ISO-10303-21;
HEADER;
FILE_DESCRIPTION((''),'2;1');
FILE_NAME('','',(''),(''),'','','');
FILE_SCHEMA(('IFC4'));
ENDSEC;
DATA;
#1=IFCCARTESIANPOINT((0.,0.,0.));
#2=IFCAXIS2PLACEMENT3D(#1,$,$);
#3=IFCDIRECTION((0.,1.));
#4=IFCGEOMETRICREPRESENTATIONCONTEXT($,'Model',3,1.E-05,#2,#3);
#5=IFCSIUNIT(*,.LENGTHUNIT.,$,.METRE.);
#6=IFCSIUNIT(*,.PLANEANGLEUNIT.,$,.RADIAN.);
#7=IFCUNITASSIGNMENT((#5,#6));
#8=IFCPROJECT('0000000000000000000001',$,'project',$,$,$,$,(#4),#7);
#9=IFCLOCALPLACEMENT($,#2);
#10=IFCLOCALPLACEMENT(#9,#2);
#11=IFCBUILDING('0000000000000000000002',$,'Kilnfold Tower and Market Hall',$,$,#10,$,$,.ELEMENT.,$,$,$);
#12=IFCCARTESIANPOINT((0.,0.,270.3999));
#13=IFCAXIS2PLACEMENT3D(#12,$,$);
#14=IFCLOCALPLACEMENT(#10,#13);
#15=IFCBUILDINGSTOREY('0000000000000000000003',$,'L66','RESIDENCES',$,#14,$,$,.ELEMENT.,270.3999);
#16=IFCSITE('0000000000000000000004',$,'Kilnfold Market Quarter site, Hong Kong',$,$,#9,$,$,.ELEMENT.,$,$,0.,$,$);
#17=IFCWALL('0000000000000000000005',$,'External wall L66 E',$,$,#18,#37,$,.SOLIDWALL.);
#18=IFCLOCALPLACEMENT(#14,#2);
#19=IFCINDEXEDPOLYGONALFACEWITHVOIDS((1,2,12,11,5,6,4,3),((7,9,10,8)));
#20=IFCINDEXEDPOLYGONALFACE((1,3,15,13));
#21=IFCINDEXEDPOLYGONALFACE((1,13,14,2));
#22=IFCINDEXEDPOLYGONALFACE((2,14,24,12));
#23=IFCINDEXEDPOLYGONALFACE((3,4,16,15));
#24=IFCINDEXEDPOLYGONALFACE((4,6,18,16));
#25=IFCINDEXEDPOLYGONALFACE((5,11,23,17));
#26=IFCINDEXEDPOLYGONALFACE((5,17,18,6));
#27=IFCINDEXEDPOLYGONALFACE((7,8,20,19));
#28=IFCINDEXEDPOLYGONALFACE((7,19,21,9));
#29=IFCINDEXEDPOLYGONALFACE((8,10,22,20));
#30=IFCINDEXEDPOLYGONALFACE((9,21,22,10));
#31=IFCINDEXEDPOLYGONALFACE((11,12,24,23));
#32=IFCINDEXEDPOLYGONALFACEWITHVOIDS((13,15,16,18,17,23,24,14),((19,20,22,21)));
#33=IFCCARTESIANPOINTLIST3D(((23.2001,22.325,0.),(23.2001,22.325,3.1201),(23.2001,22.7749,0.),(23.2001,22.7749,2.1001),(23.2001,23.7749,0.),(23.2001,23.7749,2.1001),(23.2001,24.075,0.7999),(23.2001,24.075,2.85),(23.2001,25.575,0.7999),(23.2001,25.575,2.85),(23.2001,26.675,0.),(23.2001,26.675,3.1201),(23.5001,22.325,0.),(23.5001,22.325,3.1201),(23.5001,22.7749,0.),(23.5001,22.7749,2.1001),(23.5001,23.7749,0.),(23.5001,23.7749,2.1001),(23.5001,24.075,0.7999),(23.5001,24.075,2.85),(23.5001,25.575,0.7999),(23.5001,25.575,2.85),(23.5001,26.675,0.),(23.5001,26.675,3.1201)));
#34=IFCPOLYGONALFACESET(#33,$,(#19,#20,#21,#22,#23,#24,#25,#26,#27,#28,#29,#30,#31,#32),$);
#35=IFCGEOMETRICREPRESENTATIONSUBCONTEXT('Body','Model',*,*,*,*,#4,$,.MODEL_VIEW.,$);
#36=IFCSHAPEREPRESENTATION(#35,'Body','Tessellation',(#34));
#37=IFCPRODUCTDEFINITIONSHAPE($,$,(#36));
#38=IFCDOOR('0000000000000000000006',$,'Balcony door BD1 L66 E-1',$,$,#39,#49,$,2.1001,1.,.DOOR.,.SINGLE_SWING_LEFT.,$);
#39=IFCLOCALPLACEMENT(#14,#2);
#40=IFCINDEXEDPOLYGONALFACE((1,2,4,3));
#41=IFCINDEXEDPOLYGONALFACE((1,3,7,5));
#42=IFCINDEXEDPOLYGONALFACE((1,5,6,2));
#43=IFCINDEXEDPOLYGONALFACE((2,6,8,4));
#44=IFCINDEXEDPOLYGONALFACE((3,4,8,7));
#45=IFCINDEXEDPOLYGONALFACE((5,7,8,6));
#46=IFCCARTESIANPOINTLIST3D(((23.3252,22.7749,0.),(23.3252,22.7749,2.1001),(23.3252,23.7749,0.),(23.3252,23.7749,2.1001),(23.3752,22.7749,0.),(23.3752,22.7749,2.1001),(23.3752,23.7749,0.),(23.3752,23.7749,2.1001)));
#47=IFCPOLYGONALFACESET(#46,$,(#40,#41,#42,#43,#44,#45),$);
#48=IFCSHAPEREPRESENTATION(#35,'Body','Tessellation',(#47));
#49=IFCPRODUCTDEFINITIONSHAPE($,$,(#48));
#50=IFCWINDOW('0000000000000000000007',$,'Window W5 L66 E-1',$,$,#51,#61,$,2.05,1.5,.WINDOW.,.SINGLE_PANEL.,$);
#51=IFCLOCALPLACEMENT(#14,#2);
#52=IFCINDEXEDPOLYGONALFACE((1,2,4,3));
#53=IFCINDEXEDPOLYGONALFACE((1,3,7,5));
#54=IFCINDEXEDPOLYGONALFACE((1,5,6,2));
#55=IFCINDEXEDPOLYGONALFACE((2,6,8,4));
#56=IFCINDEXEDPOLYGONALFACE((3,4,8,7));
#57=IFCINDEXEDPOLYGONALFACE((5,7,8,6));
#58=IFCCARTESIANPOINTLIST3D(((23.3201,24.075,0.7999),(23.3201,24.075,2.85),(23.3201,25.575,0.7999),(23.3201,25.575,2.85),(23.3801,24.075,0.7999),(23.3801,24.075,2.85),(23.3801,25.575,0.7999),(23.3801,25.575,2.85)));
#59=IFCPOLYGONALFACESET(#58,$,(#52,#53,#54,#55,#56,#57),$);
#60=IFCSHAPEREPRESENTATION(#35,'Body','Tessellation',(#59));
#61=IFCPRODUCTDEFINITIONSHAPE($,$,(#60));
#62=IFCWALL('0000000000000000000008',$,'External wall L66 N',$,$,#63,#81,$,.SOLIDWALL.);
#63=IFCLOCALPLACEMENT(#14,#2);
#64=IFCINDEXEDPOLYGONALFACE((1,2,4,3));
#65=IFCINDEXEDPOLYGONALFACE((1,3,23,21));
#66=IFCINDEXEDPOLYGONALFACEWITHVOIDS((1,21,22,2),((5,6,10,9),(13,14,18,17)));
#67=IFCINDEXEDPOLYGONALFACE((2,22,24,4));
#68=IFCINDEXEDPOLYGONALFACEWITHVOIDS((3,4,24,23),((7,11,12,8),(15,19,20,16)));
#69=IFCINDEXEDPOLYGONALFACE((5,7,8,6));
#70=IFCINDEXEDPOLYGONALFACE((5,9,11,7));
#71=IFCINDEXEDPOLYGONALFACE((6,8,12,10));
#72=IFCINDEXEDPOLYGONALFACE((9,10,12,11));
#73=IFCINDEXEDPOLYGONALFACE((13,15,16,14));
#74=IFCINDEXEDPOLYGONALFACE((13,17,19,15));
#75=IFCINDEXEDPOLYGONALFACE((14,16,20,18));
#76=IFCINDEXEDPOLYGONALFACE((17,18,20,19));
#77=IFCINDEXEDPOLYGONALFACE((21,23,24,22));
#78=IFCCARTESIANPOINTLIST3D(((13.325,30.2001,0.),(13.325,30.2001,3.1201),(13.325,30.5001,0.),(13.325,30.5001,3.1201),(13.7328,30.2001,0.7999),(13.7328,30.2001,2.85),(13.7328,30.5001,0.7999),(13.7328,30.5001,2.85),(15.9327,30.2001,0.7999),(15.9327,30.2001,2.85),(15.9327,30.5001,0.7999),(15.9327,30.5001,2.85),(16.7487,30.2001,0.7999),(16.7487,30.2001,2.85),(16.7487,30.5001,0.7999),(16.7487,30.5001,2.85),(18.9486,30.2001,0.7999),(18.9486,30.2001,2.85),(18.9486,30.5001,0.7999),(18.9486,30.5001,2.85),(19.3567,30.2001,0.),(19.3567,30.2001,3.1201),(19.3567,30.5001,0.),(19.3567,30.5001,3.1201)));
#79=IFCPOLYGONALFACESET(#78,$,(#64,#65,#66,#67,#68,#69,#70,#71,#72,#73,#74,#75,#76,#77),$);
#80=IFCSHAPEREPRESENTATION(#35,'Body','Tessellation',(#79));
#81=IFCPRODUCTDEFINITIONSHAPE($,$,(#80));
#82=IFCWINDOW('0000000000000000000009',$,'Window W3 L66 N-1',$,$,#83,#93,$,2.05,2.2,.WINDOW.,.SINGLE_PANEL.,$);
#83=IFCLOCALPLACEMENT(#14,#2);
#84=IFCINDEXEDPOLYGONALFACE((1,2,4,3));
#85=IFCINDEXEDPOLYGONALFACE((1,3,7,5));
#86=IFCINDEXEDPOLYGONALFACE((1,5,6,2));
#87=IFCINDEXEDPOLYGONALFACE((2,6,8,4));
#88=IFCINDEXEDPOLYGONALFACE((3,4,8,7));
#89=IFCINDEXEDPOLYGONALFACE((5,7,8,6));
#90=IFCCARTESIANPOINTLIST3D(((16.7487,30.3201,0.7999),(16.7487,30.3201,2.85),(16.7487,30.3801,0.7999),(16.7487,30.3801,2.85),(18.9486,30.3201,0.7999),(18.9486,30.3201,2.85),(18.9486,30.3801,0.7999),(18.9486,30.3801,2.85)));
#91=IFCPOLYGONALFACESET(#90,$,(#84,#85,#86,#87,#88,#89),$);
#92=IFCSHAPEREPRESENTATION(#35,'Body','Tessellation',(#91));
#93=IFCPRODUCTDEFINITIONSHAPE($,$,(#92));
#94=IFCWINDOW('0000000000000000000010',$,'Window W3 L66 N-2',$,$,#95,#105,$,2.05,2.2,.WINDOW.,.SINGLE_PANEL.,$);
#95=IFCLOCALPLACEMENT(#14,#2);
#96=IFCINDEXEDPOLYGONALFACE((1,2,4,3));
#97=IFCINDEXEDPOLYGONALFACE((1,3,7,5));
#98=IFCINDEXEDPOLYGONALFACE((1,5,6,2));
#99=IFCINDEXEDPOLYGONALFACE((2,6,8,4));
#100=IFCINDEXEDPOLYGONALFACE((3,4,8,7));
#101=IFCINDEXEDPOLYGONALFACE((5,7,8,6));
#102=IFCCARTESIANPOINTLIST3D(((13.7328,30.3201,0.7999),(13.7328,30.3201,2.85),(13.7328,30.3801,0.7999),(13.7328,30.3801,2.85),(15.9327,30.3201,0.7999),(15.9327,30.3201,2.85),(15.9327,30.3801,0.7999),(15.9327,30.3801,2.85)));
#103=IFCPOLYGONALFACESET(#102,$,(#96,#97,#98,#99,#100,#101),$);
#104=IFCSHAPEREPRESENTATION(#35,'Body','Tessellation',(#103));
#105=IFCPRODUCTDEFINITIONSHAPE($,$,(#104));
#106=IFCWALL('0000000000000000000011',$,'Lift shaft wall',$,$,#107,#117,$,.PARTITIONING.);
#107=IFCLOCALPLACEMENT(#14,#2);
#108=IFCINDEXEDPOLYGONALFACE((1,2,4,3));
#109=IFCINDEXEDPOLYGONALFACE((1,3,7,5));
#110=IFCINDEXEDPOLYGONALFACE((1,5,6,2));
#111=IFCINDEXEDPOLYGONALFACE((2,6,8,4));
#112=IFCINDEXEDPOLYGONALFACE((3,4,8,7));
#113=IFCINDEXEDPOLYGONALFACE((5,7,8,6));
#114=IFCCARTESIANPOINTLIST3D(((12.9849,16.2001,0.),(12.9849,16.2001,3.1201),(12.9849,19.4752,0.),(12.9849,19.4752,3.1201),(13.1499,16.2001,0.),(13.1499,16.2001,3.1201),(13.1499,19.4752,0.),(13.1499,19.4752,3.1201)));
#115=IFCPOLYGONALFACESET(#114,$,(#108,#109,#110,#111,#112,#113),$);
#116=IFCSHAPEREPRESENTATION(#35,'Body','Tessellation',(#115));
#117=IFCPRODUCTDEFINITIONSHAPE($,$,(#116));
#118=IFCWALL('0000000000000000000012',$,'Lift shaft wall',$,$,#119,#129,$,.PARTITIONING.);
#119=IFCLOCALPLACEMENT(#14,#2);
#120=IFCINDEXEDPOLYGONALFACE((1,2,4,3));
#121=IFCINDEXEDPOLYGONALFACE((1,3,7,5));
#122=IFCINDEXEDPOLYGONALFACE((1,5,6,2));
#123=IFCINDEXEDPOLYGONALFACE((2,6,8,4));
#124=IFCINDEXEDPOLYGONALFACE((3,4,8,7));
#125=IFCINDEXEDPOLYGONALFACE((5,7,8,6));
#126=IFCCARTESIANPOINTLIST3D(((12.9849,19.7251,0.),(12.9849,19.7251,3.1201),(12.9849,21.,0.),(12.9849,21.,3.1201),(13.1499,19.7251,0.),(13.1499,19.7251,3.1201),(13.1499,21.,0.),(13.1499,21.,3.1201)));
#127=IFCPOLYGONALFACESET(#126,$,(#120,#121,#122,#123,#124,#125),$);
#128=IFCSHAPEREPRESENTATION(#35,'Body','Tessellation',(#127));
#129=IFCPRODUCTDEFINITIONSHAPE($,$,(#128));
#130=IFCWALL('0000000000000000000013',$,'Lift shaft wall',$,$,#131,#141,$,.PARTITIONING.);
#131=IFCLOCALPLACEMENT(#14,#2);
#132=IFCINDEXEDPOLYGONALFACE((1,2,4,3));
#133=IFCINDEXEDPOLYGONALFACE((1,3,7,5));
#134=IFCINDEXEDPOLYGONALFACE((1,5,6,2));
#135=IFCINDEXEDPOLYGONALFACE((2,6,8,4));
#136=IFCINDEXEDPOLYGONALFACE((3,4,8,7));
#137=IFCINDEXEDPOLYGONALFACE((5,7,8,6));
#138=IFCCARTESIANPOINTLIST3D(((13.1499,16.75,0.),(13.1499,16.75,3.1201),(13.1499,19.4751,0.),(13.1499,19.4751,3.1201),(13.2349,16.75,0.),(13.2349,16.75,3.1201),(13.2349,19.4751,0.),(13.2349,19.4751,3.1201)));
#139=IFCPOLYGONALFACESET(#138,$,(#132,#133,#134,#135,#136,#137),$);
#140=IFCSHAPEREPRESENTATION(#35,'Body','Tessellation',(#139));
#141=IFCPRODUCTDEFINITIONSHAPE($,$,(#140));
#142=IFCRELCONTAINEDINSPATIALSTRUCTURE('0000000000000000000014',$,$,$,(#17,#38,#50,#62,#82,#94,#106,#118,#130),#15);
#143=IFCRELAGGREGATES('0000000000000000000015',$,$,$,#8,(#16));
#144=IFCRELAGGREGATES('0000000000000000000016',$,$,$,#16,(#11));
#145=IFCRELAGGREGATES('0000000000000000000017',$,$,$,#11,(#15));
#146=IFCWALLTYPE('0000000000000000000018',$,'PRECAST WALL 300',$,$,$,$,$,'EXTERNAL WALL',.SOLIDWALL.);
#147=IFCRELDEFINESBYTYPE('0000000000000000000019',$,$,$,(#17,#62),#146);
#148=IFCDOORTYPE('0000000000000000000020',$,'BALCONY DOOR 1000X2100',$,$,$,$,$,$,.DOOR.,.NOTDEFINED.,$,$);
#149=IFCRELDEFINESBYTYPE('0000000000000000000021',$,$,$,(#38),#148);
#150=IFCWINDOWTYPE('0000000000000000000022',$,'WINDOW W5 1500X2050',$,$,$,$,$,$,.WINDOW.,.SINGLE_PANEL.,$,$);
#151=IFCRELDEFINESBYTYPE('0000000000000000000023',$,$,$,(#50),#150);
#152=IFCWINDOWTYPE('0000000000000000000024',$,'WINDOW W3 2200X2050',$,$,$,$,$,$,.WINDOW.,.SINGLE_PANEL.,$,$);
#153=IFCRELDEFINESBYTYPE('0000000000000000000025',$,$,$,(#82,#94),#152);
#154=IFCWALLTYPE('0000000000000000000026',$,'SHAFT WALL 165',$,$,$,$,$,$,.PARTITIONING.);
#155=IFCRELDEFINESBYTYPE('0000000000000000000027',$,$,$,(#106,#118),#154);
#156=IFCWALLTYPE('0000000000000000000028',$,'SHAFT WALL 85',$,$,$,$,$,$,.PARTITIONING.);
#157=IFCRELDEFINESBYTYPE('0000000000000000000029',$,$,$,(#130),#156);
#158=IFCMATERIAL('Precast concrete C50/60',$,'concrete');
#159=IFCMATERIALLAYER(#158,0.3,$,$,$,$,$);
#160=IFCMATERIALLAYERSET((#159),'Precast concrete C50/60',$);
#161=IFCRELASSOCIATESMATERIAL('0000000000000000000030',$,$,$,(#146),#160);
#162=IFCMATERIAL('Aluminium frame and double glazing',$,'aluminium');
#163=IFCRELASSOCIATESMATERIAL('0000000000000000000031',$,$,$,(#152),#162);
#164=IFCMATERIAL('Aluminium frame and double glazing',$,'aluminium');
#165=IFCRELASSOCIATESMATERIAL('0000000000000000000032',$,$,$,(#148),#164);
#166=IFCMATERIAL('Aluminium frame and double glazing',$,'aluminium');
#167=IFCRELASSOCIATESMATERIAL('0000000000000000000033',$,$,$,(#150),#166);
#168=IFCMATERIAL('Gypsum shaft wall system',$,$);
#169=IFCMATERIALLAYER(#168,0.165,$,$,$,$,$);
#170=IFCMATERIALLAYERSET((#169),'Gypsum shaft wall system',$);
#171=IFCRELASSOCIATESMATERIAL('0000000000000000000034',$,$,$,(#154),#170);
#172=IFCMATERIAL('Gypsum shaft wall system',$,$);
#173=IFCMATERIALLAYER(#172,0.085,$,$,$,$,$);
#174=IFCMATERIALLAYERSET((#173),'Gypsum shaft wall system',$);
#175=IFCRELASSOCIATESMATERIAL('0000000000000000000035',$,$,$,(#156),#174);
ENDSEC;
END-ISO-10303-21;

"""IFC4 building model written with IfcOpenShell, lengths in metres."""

from ifc_helpers import new_model, si_unit, direction, frame, frame_2d, origin, place, context, subcontext, project, spatial, rectangle, extrude, source, transform, mapped, material, layer, layer_set, type_object, element, fill, save


model = new_model("IFC4")

# Units and contexts
model_context = context("Model", 3, precision=1e-05, world=origin(), true_north=direction((0.0, 1.0)))
body_context = subcontext(model_context, "Body", "Model", "MODEL_VIEW")
ifc_project = project(units=[si_unit("LENGTHUNIT", "METRE"), si_unit("PLANEANGLEUNIT", "RADIAN")], contexts=[model_context])

# Site, building, storey
site_placement = place(None, origin())
site = spatial("IfcSite", under=ifc_project, at=site_placement, Name="Kilnfold Market Quarter site, Hong Kong", CompositionType="ELEMENT", RefElevation=0.0)
building_placement = place(site_placement, origin())
building = spatial("IfcBuilding", under=site, at=building_placement, Name="Kilnfold Tower and Market Hall", CompositionType="ELEMENT")
storey_placement = place(building_placement, frame((0.0, 0.0, 270.3999)))
storey = spatial("IfcBuildingStorey", under=building, at=storey_placement, Name="L66", Description="RESIDENCES", CompositionType="ELEMENT", Elevation=270.3999)

# Shared definitions
ifc_material_1 = material(Name="Precast concrete C50/60", Category="concrete")
ifc_layer_1 = layer(ifc_material_1, 0.3)
ifc_layer_set_1 = layer_set([ifc_layer_1], Name="Precast concrete C50/60")
wall_type_1 = type_object("IfcWallType", Name="PRECAST WALL 300", ElementType="EXTERNAL WALL", PredefinedType="SOLIDWALL", material=ifc_layer_set_1)
ifc_material_2 = material(Name="Aluminium frame and double glazing", Category="aluminium")
window_type_1 = type_object("IfcWindowType", Name="WINDOW W3 2200X2050", PartitioningType="SINGLE_PANEL", PredefinedType="WINDOW", material=ifc_material_2)

# Wall, openings, door, window
shared_shape_1 = source(origin(), body_context, "Body", "SweptSolid", [
    extrude(rectangle(XDim=4.3501, YDim=0.3, at=frame_2d((2.175, 0.0))), origin(), (0.0, 0.0, 1.0), 3.1201),
])
wall_1_placement = place(storey_placement, frame((23.3501, 22.325, 0.0), z_axis=(0.0, 0.0, 1.0), x_axis=(0.0, 1.0, 0.0)))
wall_1 = element("IfcWall", 1, at=wall_1_placement, inside=storey, type_object=wall_type_1, Name="External wall L66 E", PredefinedType="SOLIDWALL", context=body_context, shape_type="MappedRepresentation", body=[
    mapped(shared_shape_1, transform((0.0, 0.0, 0.0))),
])
opening_1_placement = place(wall_1_placement, frame((1.75, 0.0, 0.8)))
opening_1 = element("IfcOpeningElement", 2, at=opening_1_placement, cuts=wall_1, PredefinedType="OPENING", context=body_context, shape_type="SweptSolid", body=[
    extrude(rectangle(XDim=1.5, YDim=2.05, at=frame_2d((0.75, 1.0249))), frame((0.0, 0.1602, 0.0), z_axis=(0.0, -1.0, 0.0), x_axis=(1.0, 0.0, 0.0)), (0.0, 0.0, 1.0), 0.3201),
])
opening_2_placement = place(wall_1_placement, frame((0.45, 0.0, 0.0)))
opening_2 = element("IfcOpeningElement", 3, at=opening_2_placement, cuts=wall_1, PredefinedType="OPENING", context=body_context, shape_type="SweptSolid", body=[
    extrude(rectangle(XDim=1.0, YDim=2.1001, at=frame_2d((0.5, 1.05))), frame((0.0, 0.1602, 0.0), z_axis=(0.0, -1.0, 0.0), x_axis=(1.0, 0.0, 0.0)), (0.0, 0.0, 1.0), 0.3201),
])
ifc_material_3 = material(Name="Aluminium frame and double glazing", Category="aluminium")
door_type = type_object("IfcDoorType", Name="BALCONY DOOR 1000X2100", OperationType="NOTDEFINED", PredefinedType="DOOR", material=ifc_material_3)
door_placement = place(opening_2_placement, origin())
door = element("IfcDoor", 4, at=door_placement, inside=storey, type_object=door_type, Name="Balcony door BD1 L66 E-1", OperationType="SINGLE_SWING_LEFT", OverallHeight=2.1001, OverallWidth=1.0, PredefinedType="DOOR", context=body_context, shape_type="SweptSolid", body=[
    extrude(rectangle(XDim=1.0, YDim=2.1001, at=frame_2d((0.5, 1.05))), frame((0.0, 0.0249, 0.0), z_axis=(0.0, -1.0, 0.0), x_axis=(1.0, 0.0, 0.0)), (0.0, 0.0, 1.0), 0.05),
])
fill(opening_2, door)
ifc_material_4 = material(Name="Aluminium frame and double glazing", Category="aluminium")
window_type_2 = type_object("IfcWindowType", Name="WINDOW W5 1500X2050", PartitioningType="SINGLE_PANEL", PredefinedType="WINDOW", material=ifc_material_4)
window_1_placement = place(opening_1_placement, origin())
window_1 = element("IfcWindow", 5, at=window_1_placement, inside=storey, type_object=window_type_2, Name="Window W5 L66 E-1", OverallHeight=2.05, OverallWidth=1.5, PartitioningType="SINGLE_PANEL", PredefinedType="WINDOW", context=body_context, shape_type="SweptSolid", body=[
    extrude(rectangle(XDim=1.5, YDim=2.05, at=frame_2d((0.75, 1.0249))), frame((0.0, 0.03, 0.0), z_axis=(0.0, -1.0, 0.0), x_axis=(1.0, 0.0, 0.0)), (0.0, 0.0, 1.0), 0.0601),
])
fill(opening_1, window_1)

# Wall, openings, windows
shared_shape_2 = source(origin(), body_context, "Body", "SweptSolid", [
    extrude(rectangle(XDim=6.0317, YDim=0.3, at=frame_2d((3.0159, 0.0))), origin(), (0.0, 0.0, 1.0), 3.1201),
])
wall_2_placement = place(storey_placement, frame((19.3567, 30.3501, 0.0), z_axis=(0.0, 0.0, 1.0), x_axis=(-1.0, 0.0, 0.0)))
wall_2 = element("IfcWall", 6, at=wall_2_placement, inside=storey, type_object=wall_type_1, Name="External wall L66 N", PredefinedType="SOLIDWALL", context=body_context, shape_type="MappedRepresentation", body=[
    mapped(shared_shape_2, transform((0.0, 0.0, 0.0))),
])
opening_3_placement = place(wall_2_placement, frame((0.408, 0.0, 0.8)))
opening_3 = element("IfcOpeningElement", 7, at=opening_3_placement, cuts=wall_2, PredefinedType="OPENING", context=body_context, shape_type="SweptSolid", body=[
    extrude(rectangle(XDim=2.2, YDim=2.05, at=frame_2d((1.1001, 1.0249))), frame((0.0, 0.1602, 0.0), z_axis=(0.0, -1.0, 0.0), x_axis=(1.0, 0.0, 0.0)), (0.0, 0.0, 1.0), 0.3201),
])
opening_4_placement = place(wall_2_placement, frame((3.4238, 0.0, 0.8)))
opening_4 = element("IfcOpeningElement", 8, at=opening_4_placement, cuts=wall_2, PredefinedType="OPENING", context=body_context, shape_type="SweptSolid", body=[
    extrude(rectangle(XDim=2.2, YDim=2.05, at=frame_2d((1.1001, 1.0249))), frame((0.0, 0.1602, 0.0), z_axis=(0.0, -1.0, 0.0), x_axis=(1.0, 0.0, 0.0)), (0.0, 0.0, 1.0), 0.3201),
])
window_2_placement = place(opening_3_placement, origin())
window_2 = element("IfcWindow", 9, at=window_2_placement, inside=storey, type_object=window_type_1, Name="Window W3 L66 N-1", OverallHeight=2.05, OverallWidth=2.2, PartitioningType="SINGLE_PANEL", PredefinedType="WINDOW", context=body_context, shape_type="SweptSolid", body=[
    extrude(rectangle(XDim=2.2, YDim=2.05, at=frame_2d((1.1001, 1.0249))), frame((0.0, 0.03, 0.0), z_axis=(0.0, -1.0, 0.0), x_axis=(1.0, 0.0, 0.0)), (0.0, 0.0, 1.0), 0.0601),
])
fill(opening_3, window_2)
window_3_placement = place(opening_4_placement, origin())
window_3 = element("IfcWindow", 10, at=window_3_placement, inside=storey, type_object=window_type_1, Name="Window W3 L66 N-2", OverallHeight=2.05, OverallWidth=2.2, PartitioningType="SINGLE_PANEL", PredefinedType="WINDOW", context=body_context, shape_type="SweptSolid", body=[
    extrude(rectangle(XDim=2.2, YDim=2.05, at=frame_2d((1.1001, 1.0249))), frame((0.0, 0.03, 0.0), z_axis=(0.0, -1.0, 0.0), x_axis=(1.0, 0.0, 0.0)), (0.0, 0.0, 1.0), 0.0601),
])
fill(opening_4, window_3)

# Walls
ifc_material_5 = material(Name="Gypsum shaft wall system")
ifc_layer_2 = layer(ifc_material_5, 0.165)
ifc_layer_set_2 = layer_set([ifc_layer_2], Name="Gypsum shaft wall system")
wall_type_2 = type_object("IfcWallType", Name="SHAFT WALL 165", PredefinedType="PARTITIONING", material=ifc_layer_set_2)
shared_shape_3 = source(origin(), body_context, "Body", "SweptSolid", [
    extrude(rectangle(XDim=3.2751, YDim=0.165, at=frame_2d((1.6377, 0.0))), origin(), (0.0, 0.0, 1.0), 3.1201),
])
wall_3_placement = place(storey_placement, frame((13.0674, 16.2, 0.0), z_axis=(0.0, 0.0, 1.0), x_axis=(0.0, 1.0, 0.0)))
element("IfcWall", 11, at=wall_3_placement, inside=storey, type_object=wall_type_2, Name="Lift shaft wall", PredefinedType="PARTITIONING", context=body_context, shape_type="MappedRepresentation", body=[
    mapped(shared_shape_3, transform((0.0, 0.0, 0.0))),
])
shared_shape_4 = source(origin(), body_context, "Body", "SweptSolid", [
    extrude(rectangle(XDim=1.2749, YDim=0.165, at=frame_2d((0.6375, 0.0))), origin(), (0.0, 0.0, 1.0), 3.1201),
])
wall_4_placement = place(storey_placement, frame((13.0674, 19.7251, 0.0), z_axis=(0.0, 0.0, 1.0), x_axis=(0.0, 1.0, 0.0)))
element("IfcWall", 12, at=wall_4_placement, inside=storey, type_object=wall_type_2, Name="Lift shaft wall", PredefinedType="PARTITIONING", context=body_context, shape_type="MappedRepresentation", body=[
    mapped(shared_shape_4, transform((0.0, 0.0, 0.0))),
])
ifc_material_6 = material(Name="Gypsum shaft wall system")
ifc_layer_3 = layer(ifc_material_6, 0.085)
ifc_layer_set_3 = layer_set([ifc_layer_3], Name="Gypsum shaft wall system")
wall_type_3 = type_object("IfcWallType", Name="SHAFT WALL 85", PredefinedType="PARTITIONING", material=ifc_layer_set_3)
shared_shape_5 = source(origin(), body_context, "Body", "SweptSolid", [
    extrude(rectangle(XDim=2.7251, YDim=0.085, at=frame_2d((1.3625, 0.0))), origin(), (0.0, 0.0, 1.0), 3.1201),
])
wall_5_placement = place(storey_placement, frame((13.1924, 16.75, 0.0), z_axis=(0.0, 0.0, 1.0), x_axis=(0.0, 1.0, 0.0)))
element("IfcWall", 13, at=wall_5_placement, inside=storey, type_object=wall_type_3, Name="Lift shaft wall", PredefinedType="PARTITIONING", context=body_context, shape_type="MappedRepresentation", body=[
    mapped(shared_shape_5, transform((0.0, 0.0, 0.0))),
])

save(model, "model.ifc")
